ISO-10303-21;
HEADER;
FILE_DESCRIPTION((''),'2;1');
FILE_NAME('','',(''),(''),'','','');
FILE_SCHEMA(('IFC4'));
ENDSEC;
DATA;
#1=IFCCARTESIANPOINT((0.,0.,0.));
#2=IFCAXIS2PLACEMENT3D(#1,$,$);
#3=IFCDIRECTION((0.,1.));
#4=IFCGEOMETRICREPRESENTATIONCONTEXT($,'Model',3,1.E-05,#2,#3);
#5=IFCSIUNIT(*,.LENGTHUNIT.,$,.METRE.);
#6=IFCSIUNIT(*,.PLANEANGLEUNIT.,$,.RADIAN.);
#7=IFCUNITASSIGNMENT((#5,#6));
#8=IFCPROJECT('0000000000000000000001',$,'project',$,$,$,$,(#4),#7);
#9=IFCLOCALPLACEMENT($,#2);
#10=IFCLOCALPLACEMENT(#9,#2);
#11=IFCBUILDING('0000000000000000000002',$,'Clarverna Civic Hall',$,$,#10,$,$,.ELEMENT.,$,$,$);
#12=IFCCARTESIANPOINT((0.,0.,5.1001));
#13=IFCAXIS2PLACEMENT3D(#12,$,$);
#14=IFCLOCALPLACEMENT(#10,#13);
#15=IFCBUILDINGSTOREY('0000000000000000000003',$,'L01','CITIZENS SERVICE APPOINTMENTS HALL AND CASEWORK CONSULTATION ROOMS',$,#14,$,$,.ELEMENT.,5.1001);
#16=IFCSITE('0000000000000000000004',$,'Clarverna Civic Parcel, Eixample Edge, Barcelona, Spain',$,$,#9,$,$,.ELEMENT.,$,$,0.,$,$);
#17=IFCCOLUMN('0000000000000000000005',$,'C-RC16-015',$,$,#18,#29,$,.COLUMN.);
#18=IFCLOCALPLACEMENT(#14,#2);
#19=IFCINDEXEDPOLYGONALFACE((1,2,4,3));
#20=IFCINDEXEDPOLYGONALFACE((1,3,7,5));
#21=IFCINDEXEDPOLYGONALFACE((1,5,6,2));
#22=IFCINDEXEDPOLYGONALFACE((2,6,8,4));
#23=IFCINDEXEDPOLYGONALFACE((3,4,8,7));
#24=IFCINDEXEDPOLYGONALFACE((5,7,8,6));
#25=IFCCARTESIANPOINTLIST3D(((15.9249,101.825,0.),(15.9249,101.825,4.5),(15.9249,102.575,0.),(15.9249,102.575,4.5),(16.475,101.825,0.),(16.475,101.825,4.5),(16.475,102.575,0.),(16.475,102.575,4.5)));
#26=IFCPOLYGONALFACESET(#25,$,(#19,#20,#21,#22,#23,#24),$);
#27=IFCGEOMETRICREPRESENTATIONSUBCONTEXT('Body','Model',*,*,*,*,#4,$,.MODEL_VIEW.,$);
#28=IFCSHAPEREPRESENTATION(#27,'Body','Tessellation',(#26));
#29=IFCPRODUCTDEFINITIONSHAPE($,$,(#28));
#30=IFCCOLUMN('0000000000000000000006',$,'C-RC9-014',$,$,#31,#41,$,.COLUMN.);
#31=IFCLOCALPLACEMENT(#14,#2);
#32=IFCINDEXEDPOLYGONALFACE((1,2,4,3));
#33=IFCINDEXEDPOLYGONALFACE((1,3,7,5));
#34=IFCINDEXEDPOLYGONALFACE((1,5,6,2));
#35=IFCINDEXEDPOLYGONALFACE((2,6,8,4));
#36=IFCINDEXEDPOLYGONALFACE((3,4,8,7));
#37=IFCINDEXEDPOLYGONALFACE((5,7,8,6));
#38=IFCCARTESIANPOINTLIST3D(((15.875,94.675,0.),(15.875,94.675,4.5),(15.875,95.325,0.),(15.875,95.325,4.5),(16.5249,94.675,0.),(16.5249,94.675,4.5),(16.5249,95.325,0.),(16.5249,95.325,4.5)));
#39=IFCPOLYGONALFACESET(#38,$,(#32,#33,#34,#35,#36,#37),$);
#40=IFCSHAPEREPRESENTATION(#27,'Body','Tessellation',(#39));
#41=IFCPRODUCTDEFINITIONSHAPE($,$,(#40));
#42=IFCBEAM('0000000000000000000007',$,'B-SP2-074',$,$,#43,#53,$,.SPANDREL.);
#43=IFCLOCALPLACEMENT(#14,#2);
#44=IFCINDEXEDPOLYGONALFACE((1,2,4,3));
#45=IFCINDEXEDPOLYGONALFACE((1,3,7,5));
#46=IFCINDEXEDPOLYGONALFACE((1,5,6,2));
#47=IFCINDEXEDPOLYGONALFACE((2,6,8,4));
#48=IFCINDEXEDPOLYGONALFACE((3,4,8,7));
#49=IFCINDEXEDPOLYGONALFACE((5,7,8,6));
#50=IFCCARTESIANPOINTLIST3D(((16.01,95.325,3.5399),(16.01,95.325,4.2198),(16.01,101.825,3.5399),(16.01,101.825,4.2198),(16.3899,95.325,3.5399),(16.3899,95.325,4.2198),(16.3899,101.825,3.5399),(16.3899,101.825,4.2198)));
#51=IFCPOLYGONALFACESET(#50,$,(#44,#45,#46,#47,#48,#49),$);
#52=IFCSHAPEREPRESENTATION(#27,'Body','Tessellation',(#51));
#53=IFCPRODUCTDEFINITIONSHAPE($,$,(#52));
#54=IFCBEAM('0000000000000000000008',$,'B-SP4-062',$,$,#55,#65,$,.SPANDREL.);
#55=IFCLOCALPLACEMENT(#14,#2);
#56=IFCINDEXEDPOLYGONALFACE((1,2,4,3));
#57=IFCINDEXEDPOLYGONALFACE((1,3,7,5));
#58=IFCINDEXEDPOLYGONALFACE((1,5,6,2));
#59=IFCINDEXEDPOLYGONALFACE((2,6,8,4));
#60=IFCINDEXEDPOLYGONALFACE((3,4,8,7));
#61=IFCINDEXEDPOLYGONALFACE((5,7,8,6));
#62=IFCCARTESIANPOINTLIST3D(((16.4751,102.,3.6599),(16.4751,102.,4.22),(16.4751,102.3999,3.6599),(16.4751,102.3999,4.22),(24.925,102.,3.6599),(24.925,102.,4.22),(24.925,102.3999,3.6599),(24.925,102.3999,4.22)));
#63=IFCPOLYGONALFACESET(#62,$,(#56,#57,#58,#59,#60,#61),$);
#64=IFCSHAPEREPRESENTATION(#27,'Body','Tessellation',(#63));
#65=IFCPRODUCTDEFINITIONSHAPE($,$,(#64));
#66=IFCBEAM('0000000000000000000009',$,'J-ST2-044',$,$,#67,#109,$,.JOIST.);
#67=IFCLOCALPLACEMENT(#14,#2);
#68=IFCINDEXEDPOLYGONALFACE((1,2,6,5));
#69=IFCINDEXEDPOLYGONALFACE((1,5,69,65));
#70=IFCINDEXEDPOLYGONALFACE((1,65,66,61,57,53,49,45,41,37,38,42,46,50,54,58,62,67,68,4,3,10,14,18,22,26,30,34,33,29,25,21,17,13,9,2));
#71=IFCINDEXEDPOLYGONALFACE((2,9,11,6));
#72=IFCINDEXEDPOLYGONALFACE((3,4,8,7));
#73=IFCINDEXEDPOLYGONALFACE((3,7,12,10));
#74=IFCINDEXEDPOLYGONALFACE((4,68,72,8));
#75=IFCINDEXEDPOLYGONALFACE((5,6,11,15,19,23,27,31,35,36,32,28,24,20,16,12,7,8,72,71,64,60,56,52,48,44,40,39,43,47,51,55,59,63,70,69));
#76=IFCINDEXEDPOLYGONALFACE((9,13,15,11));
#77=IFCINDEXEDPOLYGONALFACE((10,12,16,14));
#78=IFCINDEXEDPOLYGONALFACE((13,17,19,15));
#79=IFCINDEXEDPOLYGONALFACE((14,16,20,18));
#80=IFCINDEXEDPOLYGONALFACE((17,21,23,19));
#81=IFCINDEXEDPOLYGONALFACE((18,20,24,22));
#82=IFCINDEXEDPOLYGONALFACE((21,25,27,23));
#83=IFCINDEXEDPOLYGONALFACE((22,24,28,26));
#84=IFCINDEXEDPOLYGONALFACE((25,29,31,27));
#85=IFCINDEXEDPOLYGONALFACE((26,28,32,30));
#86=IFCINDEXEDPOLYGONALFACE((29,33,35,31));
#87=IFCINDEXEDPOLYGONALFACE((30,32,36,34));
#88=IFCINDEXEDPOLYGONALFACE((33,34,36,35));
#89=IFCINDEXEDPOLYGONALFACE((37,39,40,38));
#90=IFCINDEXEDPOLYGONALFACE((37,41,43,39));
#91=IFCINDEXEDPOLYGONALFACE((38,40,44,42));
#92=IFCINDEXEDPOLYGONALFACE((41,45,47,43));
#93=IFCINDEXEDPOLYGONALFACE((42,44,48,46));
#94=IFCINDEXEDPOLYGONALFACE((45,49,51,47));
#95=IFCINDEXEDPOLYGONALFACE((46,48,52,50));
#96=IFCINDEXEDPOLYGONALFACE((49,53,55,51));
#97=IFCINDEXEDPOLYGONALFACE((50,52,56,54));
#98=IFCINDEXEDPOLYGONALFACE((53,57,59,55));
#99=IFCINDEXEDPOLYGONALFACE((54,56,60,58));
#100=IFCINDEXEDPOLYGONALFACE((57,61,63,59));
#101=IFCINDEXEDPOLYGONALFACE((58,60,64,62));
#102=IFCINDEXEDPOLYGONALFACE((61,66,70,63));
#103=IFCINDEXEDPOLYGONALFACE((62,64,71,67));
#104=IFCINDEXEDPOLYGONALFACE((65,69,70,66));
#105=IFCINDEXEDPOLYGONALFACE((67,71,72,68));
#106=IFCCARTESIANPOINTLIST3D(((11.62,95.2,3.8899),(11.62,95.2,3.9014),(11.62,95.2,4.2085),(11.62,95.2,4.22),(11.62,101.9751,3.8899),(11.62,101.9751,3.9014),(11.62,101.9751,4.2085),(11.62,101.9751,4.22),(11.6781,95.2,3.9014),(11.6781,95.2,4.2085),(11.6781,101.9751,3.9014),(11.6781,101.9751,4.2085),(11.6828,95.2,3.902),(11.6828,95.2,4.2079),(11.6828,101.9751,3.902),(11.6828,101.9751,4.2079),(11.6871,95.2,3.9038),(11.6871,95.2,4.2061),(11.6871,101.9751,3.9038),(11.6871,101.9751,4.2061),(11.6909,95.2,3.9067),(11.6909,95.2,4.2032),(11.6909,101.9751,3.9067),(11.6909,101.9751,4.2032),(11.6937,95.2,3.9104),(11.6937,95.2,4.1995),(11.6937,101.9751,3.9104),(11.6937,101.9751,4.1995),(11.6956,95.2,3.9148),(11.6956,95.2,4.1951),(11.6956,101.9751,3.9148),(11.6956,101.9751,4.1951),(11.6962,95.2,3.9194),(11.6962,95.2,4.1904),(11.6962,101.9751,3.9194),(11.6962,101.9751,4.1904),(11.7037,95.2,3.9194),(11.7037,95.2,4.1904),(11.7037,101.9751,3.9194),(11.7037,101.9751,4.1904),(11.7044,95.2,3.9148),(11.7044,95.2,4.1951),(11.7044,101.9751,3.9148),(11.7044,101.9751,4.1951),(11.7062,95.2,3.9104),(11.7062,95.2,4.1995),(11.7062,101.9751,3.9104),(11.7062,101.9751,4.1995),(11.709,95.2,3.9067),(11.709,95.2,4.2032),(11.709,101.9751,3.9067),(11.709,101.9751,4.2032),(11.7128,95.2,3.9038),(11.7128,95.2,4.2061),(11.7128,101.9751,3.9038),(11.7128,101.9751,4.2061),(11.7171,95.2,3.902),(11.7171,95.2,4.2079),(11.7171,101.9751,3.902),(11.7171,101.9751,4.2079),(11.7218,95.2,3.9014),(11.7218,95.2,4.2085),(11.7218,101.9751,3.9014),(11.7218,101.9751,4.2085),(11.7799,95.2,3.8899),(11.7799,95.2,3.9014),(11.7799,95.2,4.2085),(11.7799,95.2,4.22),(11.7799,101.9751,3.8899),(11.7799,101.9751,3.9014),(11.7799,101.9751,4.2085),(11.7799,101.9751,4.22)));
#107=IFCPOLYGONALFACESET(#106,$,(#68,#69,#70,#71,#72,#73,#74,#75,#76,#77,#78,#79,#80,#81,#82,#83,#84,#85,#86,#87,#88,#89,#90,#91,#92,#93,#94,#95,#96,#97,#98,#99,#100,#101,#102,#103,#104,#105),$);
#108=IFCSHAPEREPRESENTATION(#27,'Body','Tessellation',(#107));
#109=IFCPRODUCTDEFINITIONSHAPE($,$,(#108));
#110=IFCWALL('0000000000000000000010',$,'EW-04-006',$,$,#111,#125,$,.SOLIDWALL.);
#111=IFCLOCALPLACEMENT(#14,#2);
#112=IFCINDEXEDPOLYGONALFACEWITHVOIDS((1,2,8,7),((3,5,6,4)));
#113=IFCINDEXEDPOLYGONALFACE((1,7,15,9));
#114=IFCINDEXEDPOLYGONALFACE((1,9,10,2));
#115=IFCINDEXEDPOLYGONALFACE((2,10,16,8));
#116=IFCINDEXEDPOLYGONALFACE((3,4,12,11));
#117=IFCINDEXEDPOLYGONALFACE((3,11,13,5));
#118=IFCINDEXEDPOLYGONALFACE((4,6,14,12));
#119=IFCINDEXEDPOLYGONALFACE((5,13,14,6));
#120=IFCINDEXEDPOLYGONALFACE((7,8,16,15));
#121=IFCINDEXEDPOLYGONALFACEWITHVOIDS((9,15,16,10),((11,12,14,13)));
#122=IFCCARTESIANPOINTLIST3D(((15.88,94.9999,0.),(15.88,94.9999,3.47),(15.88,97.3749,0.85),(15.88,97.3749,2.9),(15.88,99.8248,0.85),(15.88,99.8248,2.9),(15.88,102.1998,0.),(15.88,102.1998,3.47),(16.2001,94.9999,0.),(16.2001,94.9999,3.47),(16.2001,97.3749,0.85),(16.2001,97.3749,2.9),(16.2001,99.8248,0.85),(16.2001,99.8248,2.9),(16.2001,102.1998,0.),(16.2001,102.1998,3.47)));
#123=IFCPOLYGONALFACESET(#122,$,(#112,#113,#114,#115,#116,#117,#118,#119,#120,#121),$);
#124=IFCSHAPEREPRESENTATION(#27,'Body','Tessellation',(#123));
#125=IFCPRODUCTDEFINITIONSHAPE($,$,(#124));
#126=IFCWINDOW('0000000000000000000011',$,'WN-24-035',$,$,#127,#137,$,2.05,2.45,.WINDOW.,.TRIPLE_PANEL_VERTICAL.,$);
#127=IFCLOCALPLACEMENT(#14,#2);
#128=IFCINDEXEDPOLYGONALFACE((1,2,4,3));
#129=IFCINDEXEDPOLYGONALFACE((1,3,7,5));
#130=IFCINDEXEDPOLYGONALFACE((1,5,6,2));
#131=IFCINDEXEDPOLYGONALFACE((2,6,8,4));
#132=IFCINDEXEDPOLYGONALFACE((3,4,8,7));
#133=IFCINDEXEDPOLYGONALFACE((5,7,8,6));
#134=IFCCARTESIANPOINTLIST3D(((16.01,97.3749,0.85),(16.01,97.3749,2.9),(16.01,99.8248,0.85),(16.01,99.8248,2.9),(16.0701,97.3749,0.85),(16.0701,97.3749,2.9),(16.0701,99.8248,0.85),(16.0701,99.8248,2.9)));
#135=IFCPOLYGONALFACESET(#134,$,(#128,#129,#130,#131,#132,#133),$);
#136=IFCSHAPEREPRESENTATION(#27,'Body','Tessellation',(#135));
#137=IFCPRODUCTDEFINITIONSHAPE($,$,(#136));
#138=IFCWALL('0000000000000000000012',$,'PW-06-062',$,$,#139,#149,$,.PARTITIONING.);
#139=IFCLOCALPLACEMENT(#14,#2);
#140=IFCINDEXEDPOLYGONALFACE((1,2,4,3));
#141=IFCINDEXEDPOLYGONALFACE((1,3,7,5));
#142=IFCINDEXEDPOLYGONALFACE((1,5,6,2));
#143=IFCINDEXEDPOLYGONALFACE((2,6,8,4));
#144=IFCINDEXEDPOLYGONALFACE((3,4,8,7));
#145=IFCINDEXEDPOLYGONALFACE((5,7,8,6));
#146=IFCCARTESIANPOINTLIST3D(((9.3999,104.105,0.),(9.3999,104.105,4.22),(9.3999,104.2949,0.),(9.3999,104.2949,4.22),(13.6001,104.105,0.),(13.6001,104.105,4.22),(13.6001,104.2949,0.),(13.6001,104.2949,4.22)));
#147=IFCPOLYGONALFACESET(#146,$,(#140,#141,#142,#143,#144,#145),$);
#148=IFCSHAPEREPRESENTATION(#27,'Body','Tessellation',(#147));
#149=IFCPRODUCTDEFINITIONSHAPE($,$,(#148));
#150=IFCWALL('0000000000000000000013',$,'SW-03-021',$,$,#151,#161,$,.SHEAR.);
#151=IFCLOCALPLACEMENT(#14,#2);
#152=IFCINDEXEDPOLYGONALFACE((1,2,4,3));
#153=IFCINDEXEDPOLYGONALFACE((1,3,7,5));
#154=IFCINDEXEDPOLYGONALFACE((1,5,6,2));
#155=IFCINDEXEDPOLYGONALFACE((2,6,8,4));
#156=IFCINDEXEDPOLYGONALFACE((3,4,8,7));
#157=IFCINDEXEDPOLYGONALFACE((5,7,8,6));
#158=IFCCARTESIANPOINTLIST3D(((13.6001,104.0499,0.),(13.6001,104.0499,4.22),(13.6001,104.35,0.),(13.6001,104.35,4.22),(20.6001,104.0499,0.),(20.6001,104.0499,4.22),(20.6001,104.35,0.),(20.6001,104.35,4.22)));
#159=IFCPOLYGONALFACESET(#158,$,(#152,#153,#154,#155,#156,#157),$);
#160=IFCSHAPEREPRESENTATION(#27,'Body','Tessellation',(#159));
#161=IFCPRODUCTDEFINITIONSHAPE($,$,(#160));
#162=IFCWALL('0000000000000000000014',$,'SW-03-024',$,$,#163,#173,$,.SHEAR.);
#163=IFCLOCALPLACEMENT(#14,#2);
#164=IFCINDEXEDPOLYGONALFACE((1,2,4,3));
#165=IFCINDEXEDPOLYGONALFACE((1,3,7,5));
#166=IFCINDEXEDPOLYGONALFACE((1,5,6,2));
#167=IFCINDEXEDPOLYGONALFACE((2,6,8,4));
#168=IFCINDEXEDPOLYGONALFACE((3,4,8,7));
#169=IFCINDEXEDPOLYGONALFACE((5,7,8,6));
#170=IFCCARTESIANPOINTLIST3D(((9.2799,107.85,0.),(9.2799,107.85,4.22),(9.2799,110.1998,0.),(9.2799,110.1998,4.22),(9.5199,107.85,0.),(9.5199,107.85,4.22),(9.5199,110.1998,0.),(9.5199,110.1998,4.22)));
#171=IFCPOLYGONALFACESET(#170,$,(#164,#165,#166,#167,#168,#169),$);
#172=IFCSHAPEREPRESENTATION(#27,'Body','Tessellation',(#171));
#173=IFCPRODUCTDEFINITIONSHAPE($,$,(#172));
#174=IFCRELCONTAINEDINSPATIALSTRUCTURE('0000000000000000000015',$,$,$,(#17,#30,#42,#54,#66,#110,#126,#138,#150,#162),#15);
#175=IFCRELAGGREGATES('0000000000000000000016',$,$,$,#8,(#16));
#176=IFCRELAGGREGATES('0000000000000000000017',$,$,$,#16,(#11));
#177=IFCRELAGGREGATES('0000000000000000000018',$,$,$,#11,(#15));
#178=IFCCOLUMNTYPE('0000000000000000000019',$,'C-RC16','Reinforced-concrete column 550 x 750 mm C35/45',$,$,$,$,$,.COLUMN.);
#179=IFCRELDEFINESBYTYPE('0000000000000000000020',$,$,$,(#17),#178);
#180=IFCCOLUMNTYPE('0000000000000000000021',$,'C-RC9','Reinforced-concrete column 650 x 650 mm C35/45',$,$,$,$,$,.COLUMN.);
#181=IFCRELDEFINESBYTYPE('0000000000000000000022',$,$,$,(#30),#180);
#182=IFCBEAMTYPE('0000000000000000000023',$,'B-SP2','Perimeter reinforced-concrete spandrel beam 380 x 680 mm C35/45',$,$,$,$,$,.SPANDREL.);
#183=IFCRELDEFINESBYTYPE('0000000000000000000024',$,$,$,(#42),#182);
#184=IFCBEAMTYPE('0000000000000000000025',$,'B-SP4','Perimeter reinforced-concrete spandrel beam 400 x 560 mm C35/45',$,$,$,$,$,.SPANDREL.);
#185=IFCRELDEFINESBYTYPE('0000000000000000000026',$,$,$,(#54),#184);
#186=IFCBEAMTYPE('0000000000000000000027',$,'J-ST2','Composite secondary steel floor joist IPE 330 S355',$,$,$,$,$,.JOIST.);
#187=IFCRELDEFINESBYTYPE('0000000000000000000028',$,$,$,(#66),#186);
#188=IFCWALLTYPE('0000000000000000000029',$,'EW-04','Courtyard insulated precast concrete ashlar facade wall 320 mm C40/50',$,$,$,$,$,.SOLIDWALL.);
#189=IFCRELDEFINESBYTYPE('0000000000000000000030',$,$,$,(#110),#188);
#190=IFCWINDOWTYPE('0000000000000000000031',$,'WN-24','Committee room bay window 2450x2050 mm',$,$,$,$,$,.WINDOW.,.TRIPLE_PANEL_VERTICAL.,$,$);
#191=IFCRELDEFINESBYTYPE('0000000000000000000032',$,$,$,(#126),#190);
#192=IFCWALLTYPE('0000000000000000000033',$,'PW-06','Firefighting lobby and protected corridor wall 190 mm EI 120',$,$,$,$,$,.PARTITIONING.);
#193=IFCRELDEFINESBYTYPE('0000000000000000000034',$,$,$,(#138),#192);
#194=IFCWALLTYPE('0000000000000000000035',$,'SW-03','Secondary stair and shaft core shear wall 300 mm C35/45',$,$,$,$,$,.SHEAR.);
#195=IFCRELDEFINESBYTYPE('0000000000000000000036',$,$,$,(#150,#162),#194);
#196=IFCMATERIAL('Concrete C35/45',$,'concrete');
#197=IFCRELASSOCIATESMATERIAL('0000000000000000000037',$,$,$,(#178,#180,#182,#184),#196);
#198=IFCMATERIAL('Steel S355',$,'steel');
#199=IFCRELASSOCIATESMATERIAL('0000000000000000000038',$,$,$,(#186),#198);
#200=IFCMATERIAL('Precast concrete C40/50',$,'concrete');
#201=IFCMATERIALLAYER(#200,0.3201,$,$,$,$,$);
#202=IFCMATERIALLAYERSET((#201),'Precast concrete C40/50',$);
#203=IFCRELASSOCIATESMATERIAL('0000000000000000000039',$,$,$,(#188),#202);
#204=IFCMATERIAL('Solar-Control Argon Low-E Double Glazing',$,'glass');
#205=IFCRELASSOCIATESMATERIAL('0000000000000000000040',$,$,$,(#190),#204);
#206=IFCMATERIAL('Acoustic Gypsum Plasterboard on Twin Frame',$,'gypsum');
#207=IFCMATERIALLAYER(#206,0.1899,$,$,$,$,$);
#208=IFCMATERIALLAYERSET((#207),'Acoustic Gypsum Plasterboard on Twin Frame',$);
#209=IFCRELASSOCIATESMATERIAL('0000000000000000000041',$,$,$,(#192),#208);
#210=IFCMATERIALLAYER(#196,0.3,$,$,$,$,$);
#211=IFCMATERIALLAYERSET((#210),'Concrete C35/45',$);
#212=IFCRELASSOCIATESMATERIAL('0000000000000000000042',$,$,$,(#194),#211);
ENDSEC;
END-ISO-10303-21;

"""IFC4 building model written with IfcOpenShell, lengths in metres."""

from ifc_helpers import new_model, si_unit, direction, frame, frame_2d, origin, origin_2d, place, context, subcontext, project, spatial, rectangle, i_section, extrude, material, layer, layer_set, material_profile, profile_set, type_object, element, fill, save


model = new_model("IFC4")

# Units and contexts
model_context = context("Model", 3, precision=1e-05, world=origin(), true_north=direction((0.0, 1.0)))
body_context = subcontext(model_context, "Body", "Model", "MODEL_VIEW")
ifc_project = project(units=[si_unit("LENGTHUNIT", "METRE"), si_unit("PLANEANGLEUNIT", "RADIAN")], contexts=[model_context])

# Site, building, storey
site_placement = place(None, origin())
site = spatial("IfcSite", under=ifc_project, at=site_placement, Name="Clarverna Civic Parcel, Eixample Edge, Barcelona, Spain", CompositionType="ELEMENT", RefElevation=0.0)
building_placement = place(site_placement, origin())
building = spatial("IfcBuilding", under=site, at=building_placement, Name="Clarverna Civic Hall", CompositionType="ELEMENT")
storey_placement = place(building_placement, frame((0.0, 0.0, 5.1001)))
storey = spatial("IfcBuildingStorey", under=building, at=storey_placement, Name="L01", Description="CITIZENS SERVICE APPOINTMENTS HALL AND CASEWORK CONSULTATION ROOMS", CompositionType="ELEMENT", Elevation=5.1001)

# Columns
ifc_material_1 = material(Name="Concrete C35/45", Category="concrete")
ifc_material_profile_1 = material_profile(ifc_material_1, rectangle(XDim=0.55, YDim=0.75, at=origin_2d()), Name="RC 550x750")
ifc_profile_set_1 = profile_set([ifc_material_profile_1], Name="Concrete C35/45")
column_type_1 = type_object("IfcColumnType", Name="C-RC16", Description="Reinforced-concrete column 550 x 750 mm C35/45", PredefinedType="COLUMN", material=ifc_profile_set_1)
column_1_placement = place(storey_placement, frame((16.2, 102.2, 0.0), z_axis=(0.0, 0.0, 1.0), x_axis=(1.0, 0.0, 0.0)))
element("IfcColumn", 1, at=column_1_placement, inside=storey, type_object=column_type_1, Name="C-RC16-015", PredefinedType="COLUMN", context=body_context, shape_type="SweptSolid", body=[
    extrude(rectangle(XDim=0.55, YDim=0.75, at=origin_2d()), origin(), (0.0, 0.0, 1.0), 4.5),
])
ifc_material_profile_2 = material_profile(ifc_material_1, rectangle(XDim=0.6499, YDim=0.6499, at=origin_2d()), Name="RC 650x650")
ifc_profile_set_2 = profile_set([ifc_material_profile_2], Name="Concrete C35/45")
column_type_2 = type_object("IfcColumnType", Name="C-RC9", Description="Reinforced-concrete column 650 x 650 mm C35/45", PredefinedType="COLUMN", material=ifc_profile_set_2)
column_2_placement = place(storey_placement, frame((16.2, 95.0, 0.0), z_axis=(0.0, 0.0, 1.0), x_axis=(1.0, 0.0, 0.0)))
element("IfcColumn", 2, at=column_2_placement, inside=storey, type_object=column_type_2, Name="C-RC9-014", PredefinedType="COLUMN", context=body_context, shape_type="SweptSolid", body=[
    extrude(rectangle(XDim=0.6499, YDim=0.6499, at=origin_2d()), origin(), (0.0, 0.0, 1.0), 4.5),
])

# Beams
ifc_material_profile_3 = material_profile(ifc_material_1, rectangle(XDim=0.3799, YDim=0.6799, at=origin_2d()), Name="RC 380x680")
ifc_profile_set_3 = profile_set([ifc_material_profile_3], Name="Concrete C35/45")
beam_type_1 = type_object("IfcBeamType", Name="B-SP2", Description="Perimeter reinforced-concrete spandrel beam 380 x 680 mm C35/45", PredefinedType="SPANDREL", material=ifc_profile_set_3)
beam_1_placement = place(storey_placement, frame((16.2, 95.325, 3.8799), z_axis=(0.0, 1.0, 0.0), x_axis=(-1.0, 0.0, 0.0)))
element("IfcBeam", 3, at=beam_1_placement, inside=storey, type_object=beam_type_1, Name="B-SP2-074", PredefinedType="SPANDREL", context=body_context, shape_type="SweptSolid", body=[
    extrude(rectangle(XDim=0.3799, YDim=0.6799, at=origin_2d()), origin(), (0.0, 0.0, 1.0), 6.5),
])
ifc_material_profile_4 = material_profile(ifc_material_1, rectangle(XDim=0.3999, YDim=0.5601, at=origin_2d()), Name="RC 400x560")
ifc_profile_set_4 = profile_set([ifc_material_profile_4], Name="Concrete C35/45")
beam_type_2 = type_object("IfcBeamType", Name="B-SP4", Description="Perimeter reinforced-concrete spandrel beam 400 x 560 mm C35/45", PredefinedType="SPANDREL", material=ifc_profile_set_4)
beam_2_placement = place(storey_placement, frame((16.4751, 102.2, 3.9399), z_axis=(1.0, 0.0, 0.0), x_axis=(0.0, 1.0, 0.0)))
element("IfcBeam", 4, at=beam_2_placement, inside=storey, type_object=beam_type_2, Name="B-SP4-062", PredefinedType="SPANDREL", context=body_context, shape_type="SweptSolid", body=[
    extrude(rectangle(XDim=0.3999, YDim=0.5601, at=origin_2d()), origin(), (0.0, 0.0, 1.0), 8.45),
])
ifc_material_2 = material(Name="Steel S355", Category="steel")
ifc_material_profile_5 = material_profile(ifc_material_2, i_section(OverallWidth=0.1599, OverallDepth=0.3301, WebThickness=0.0076, FlangeThickness=0.0115, FilletRadius=0.0181, at=origin_2d()), Name="IPE 330")
ifc_profile_set_5 = profile_set([ifc_material_profile_5], Name="Steel S355")
beam_type_3 = type_object("IfcBeamType", Name="J-ST2", Description="Composite secondary steel floor joist IPE 330 S355", PredefinedType="JOIST", material=ifc_profile_set_5)
beam_3_placement = place(storey_placement, frame((11.7, 95.2, 4.0549), z_axis=(0.0, 1.0, 0.0), x_axis=(-1.0, 0.0, 0.0)))
element("IfcBeam", 5, at=beam_3_placement, inside=storey, type_object=beam_type_3, Name="J-ST2-044", PredefinedType="JOIST", context=body_context, shape_type="SweptSolid", body=[
    extrude(i_section(OverallWidth=0.1599, OverallDepth=0.3301, WebThickness=0.0076, FlangeThickness=0.0115, FilletRadius=0.0181, at=origin_2d()), origin(), (0.0, 0.0, 1.0), 6.7751),
])

# Wall, opening, window
ifc_material_3 = material(Name="Precast concrete C40/50", Category="concrete")
ifc_layer_1 = layer(ifc_material_3, 0.3201)
ifc_layer_set_1 = layer_set([ifc_layer_1], Name="Precast concrete C40/50")
wall_type_1 = type_object("IfcWallType", Name="EW-04", Description="Courtyard insulated precast concrete ashlar facade wall 320 mm C40/50", PredefinedType="SOLIDWALL", material=ifc_layer_set_1)
wall_1_placement = place(storey_placement, frame((16.04, 102.2, 0.0), z_axis=(0.0, 0.0, 1.0), x_axis=(0.0, -1.0, 0.0)))
wall_1 = element("IfcWall", 6, at=wall_1_placement, inside=storey, type_object=wall_type_1, Name="EW-04-006", PredefinedType="SOLIDWALL", context=body_context, shape_type="SweptSolid", body=[
    extrude(rectangle(XDim=7.2, YDim=0.3201, at=frame_2d((3.6001, 0.0))), origin(), (0.0, 0.0, 1.0), 3.47),
])
opening_1_placement = place(wall_1_placement, frame((2.375, 0.0, 0.8501)))
opening_1 = element("IfcOpeningElement", 7, at=opening_1_placement, cuts=wall_1, PredefinedType="OPENING", context=body_context, shape_type="SweptSolid", body=[
    extrude(rectangle(XDim=2.45, YDim=2.05, at=frame_2d((1.2251, 1.0249))), frame((0.0, 0.1699, 0.0), z_axis=(0.0, -1.0, 0.0), x_axis=(1.0, 0.0, 0.0)), (0.0, 0.0, 1.0), 0.3401),
])
ifc_material_4 = material(Name="Solar-Control Argon Low-E Double Glazing", Category="glass")
window_type = type_object("IfcWindowType", Name="WN-24", Description="Committee room bay window 2450x2050 mm", PartitioningType="TRIPLE_PANEL_VERTICAL", PredefinedType="WINDOW", material=ifc_material_4)
window_placement = place(opening_1_placement, origin())
window = element("IfcWindow", 8, at=window_placement, inside=storey, type_object=window_type, Name="WN-24-035", OverallHeight=2.05, OverallWidth=2.45, PartitioningType="TRIPLE_PANEL_VERTICAL", PredefinedType="WINDOW", context=body_context, shape_type="SweptSolid", body=[
    extrude(rectangle(XDim=2.45, YDim=2.05, at=frame_2d((1.2251, 1.0249))), frame((0.0, 0.03, 0.0), z_axis=(0.0, -1.0, 0.0), x_axis=(1.0, 0.0, 0.0)), (0.0, 0.0, 1.0), 0.0601),
])
fill(opening_1, window)

# Shared definitions
ifc_material_5 = material(Name="Acoustic Gypsum Plasterboard on Twin Frame", Category="gypsum")
ifc_layer_2 = layer(ifc_material_5, 0.1899)
ifc_layer_set_2 = layer_set([ifc_layer_2], Name="Acoustic Gypsum Plasterboard on Twin Frame")
wall_type_2 = type_object("IfcWallType", Name="PW-06", Description="Firefighting lobby and protected corridor wall 190 mm EI 120", PredefinedType="PARTITIONING", material=ifc_layer_set_2)

# Wall
wall_2_placement = place(storey_placement, frame((9.3999, 104.2, 0.0), z_axis=(0.0, 0.0, 1.0), x_axis=(1.0, 0.0, 0.0)))
element("IfcWall", 9, at=wall_2_placement, inside=storey, type_object=wall_type_2, Name="PW-06-062", PredefinedType="PARTITIONING", context=body_context, shape_type="SweptSolid", body=[
    extrude(rectangle(XDim=4.2002, YDim=0.1899, at=frame_2d((2.1001, 0.0))), origin(), (0.0, 0.0, 1.0), 4.22),
])

# Shared definitions
ifc_layer_3 = layer(ifc_material_1, 0.3)
ifc_layer_set_3 = layer_set([ifc_layer_3], Name="Concrete C35/45")
wall_type_3 = type_object("IfcWallType", Name="SW-03", Description="Secondary stair and shaft core shear wall 300 mm C35/45", PredefinedType="SHEAR", material=ifc_layer_set_3)

# Walls
wall_3_placement = place(storey_placement, frame((13.6001, 104.2, 0.0), z_axis=(0.0, 0.0, 1.0), x_axis=(1.0, 0.0, 0.0)))
element("IfcWall", 10, at=wall_3_placement, inside=storey, type_object=wall_type_3, Name="SW-03-021", PredefinedType="SHEAR", context=body_context, shape_type="SweptSolid", body=[
    extrude(rectangle(XDim=7.0, YDim=0.3, at=frame_2d((3.5, 0.0))), origin(), (0.0, 0.0, 1.0), 4.22),
])
wall_4_placement = place(storey_placement, frame((9.3999, 107.8501, 0.0), z_axis=(0.0, 0.0, 1.0), x_axis=(0.0, 1.0, 0.0)))
element("IfcWall", 11, at=wall_4_placement, inside=storey, type_object=wall_type_3, Name="SW-03-024", PredefinedType="SHEAR", context=body_context, shape_type="SweptSolid", body=[
    extrude(rectangle(XDim=2.3499, YDim=0.24, at=frame_2d((1.1748, 0.0))), origin(), (0.0, 0.0, 1.0), 4.22),
])

save(model, "model.ifc")
